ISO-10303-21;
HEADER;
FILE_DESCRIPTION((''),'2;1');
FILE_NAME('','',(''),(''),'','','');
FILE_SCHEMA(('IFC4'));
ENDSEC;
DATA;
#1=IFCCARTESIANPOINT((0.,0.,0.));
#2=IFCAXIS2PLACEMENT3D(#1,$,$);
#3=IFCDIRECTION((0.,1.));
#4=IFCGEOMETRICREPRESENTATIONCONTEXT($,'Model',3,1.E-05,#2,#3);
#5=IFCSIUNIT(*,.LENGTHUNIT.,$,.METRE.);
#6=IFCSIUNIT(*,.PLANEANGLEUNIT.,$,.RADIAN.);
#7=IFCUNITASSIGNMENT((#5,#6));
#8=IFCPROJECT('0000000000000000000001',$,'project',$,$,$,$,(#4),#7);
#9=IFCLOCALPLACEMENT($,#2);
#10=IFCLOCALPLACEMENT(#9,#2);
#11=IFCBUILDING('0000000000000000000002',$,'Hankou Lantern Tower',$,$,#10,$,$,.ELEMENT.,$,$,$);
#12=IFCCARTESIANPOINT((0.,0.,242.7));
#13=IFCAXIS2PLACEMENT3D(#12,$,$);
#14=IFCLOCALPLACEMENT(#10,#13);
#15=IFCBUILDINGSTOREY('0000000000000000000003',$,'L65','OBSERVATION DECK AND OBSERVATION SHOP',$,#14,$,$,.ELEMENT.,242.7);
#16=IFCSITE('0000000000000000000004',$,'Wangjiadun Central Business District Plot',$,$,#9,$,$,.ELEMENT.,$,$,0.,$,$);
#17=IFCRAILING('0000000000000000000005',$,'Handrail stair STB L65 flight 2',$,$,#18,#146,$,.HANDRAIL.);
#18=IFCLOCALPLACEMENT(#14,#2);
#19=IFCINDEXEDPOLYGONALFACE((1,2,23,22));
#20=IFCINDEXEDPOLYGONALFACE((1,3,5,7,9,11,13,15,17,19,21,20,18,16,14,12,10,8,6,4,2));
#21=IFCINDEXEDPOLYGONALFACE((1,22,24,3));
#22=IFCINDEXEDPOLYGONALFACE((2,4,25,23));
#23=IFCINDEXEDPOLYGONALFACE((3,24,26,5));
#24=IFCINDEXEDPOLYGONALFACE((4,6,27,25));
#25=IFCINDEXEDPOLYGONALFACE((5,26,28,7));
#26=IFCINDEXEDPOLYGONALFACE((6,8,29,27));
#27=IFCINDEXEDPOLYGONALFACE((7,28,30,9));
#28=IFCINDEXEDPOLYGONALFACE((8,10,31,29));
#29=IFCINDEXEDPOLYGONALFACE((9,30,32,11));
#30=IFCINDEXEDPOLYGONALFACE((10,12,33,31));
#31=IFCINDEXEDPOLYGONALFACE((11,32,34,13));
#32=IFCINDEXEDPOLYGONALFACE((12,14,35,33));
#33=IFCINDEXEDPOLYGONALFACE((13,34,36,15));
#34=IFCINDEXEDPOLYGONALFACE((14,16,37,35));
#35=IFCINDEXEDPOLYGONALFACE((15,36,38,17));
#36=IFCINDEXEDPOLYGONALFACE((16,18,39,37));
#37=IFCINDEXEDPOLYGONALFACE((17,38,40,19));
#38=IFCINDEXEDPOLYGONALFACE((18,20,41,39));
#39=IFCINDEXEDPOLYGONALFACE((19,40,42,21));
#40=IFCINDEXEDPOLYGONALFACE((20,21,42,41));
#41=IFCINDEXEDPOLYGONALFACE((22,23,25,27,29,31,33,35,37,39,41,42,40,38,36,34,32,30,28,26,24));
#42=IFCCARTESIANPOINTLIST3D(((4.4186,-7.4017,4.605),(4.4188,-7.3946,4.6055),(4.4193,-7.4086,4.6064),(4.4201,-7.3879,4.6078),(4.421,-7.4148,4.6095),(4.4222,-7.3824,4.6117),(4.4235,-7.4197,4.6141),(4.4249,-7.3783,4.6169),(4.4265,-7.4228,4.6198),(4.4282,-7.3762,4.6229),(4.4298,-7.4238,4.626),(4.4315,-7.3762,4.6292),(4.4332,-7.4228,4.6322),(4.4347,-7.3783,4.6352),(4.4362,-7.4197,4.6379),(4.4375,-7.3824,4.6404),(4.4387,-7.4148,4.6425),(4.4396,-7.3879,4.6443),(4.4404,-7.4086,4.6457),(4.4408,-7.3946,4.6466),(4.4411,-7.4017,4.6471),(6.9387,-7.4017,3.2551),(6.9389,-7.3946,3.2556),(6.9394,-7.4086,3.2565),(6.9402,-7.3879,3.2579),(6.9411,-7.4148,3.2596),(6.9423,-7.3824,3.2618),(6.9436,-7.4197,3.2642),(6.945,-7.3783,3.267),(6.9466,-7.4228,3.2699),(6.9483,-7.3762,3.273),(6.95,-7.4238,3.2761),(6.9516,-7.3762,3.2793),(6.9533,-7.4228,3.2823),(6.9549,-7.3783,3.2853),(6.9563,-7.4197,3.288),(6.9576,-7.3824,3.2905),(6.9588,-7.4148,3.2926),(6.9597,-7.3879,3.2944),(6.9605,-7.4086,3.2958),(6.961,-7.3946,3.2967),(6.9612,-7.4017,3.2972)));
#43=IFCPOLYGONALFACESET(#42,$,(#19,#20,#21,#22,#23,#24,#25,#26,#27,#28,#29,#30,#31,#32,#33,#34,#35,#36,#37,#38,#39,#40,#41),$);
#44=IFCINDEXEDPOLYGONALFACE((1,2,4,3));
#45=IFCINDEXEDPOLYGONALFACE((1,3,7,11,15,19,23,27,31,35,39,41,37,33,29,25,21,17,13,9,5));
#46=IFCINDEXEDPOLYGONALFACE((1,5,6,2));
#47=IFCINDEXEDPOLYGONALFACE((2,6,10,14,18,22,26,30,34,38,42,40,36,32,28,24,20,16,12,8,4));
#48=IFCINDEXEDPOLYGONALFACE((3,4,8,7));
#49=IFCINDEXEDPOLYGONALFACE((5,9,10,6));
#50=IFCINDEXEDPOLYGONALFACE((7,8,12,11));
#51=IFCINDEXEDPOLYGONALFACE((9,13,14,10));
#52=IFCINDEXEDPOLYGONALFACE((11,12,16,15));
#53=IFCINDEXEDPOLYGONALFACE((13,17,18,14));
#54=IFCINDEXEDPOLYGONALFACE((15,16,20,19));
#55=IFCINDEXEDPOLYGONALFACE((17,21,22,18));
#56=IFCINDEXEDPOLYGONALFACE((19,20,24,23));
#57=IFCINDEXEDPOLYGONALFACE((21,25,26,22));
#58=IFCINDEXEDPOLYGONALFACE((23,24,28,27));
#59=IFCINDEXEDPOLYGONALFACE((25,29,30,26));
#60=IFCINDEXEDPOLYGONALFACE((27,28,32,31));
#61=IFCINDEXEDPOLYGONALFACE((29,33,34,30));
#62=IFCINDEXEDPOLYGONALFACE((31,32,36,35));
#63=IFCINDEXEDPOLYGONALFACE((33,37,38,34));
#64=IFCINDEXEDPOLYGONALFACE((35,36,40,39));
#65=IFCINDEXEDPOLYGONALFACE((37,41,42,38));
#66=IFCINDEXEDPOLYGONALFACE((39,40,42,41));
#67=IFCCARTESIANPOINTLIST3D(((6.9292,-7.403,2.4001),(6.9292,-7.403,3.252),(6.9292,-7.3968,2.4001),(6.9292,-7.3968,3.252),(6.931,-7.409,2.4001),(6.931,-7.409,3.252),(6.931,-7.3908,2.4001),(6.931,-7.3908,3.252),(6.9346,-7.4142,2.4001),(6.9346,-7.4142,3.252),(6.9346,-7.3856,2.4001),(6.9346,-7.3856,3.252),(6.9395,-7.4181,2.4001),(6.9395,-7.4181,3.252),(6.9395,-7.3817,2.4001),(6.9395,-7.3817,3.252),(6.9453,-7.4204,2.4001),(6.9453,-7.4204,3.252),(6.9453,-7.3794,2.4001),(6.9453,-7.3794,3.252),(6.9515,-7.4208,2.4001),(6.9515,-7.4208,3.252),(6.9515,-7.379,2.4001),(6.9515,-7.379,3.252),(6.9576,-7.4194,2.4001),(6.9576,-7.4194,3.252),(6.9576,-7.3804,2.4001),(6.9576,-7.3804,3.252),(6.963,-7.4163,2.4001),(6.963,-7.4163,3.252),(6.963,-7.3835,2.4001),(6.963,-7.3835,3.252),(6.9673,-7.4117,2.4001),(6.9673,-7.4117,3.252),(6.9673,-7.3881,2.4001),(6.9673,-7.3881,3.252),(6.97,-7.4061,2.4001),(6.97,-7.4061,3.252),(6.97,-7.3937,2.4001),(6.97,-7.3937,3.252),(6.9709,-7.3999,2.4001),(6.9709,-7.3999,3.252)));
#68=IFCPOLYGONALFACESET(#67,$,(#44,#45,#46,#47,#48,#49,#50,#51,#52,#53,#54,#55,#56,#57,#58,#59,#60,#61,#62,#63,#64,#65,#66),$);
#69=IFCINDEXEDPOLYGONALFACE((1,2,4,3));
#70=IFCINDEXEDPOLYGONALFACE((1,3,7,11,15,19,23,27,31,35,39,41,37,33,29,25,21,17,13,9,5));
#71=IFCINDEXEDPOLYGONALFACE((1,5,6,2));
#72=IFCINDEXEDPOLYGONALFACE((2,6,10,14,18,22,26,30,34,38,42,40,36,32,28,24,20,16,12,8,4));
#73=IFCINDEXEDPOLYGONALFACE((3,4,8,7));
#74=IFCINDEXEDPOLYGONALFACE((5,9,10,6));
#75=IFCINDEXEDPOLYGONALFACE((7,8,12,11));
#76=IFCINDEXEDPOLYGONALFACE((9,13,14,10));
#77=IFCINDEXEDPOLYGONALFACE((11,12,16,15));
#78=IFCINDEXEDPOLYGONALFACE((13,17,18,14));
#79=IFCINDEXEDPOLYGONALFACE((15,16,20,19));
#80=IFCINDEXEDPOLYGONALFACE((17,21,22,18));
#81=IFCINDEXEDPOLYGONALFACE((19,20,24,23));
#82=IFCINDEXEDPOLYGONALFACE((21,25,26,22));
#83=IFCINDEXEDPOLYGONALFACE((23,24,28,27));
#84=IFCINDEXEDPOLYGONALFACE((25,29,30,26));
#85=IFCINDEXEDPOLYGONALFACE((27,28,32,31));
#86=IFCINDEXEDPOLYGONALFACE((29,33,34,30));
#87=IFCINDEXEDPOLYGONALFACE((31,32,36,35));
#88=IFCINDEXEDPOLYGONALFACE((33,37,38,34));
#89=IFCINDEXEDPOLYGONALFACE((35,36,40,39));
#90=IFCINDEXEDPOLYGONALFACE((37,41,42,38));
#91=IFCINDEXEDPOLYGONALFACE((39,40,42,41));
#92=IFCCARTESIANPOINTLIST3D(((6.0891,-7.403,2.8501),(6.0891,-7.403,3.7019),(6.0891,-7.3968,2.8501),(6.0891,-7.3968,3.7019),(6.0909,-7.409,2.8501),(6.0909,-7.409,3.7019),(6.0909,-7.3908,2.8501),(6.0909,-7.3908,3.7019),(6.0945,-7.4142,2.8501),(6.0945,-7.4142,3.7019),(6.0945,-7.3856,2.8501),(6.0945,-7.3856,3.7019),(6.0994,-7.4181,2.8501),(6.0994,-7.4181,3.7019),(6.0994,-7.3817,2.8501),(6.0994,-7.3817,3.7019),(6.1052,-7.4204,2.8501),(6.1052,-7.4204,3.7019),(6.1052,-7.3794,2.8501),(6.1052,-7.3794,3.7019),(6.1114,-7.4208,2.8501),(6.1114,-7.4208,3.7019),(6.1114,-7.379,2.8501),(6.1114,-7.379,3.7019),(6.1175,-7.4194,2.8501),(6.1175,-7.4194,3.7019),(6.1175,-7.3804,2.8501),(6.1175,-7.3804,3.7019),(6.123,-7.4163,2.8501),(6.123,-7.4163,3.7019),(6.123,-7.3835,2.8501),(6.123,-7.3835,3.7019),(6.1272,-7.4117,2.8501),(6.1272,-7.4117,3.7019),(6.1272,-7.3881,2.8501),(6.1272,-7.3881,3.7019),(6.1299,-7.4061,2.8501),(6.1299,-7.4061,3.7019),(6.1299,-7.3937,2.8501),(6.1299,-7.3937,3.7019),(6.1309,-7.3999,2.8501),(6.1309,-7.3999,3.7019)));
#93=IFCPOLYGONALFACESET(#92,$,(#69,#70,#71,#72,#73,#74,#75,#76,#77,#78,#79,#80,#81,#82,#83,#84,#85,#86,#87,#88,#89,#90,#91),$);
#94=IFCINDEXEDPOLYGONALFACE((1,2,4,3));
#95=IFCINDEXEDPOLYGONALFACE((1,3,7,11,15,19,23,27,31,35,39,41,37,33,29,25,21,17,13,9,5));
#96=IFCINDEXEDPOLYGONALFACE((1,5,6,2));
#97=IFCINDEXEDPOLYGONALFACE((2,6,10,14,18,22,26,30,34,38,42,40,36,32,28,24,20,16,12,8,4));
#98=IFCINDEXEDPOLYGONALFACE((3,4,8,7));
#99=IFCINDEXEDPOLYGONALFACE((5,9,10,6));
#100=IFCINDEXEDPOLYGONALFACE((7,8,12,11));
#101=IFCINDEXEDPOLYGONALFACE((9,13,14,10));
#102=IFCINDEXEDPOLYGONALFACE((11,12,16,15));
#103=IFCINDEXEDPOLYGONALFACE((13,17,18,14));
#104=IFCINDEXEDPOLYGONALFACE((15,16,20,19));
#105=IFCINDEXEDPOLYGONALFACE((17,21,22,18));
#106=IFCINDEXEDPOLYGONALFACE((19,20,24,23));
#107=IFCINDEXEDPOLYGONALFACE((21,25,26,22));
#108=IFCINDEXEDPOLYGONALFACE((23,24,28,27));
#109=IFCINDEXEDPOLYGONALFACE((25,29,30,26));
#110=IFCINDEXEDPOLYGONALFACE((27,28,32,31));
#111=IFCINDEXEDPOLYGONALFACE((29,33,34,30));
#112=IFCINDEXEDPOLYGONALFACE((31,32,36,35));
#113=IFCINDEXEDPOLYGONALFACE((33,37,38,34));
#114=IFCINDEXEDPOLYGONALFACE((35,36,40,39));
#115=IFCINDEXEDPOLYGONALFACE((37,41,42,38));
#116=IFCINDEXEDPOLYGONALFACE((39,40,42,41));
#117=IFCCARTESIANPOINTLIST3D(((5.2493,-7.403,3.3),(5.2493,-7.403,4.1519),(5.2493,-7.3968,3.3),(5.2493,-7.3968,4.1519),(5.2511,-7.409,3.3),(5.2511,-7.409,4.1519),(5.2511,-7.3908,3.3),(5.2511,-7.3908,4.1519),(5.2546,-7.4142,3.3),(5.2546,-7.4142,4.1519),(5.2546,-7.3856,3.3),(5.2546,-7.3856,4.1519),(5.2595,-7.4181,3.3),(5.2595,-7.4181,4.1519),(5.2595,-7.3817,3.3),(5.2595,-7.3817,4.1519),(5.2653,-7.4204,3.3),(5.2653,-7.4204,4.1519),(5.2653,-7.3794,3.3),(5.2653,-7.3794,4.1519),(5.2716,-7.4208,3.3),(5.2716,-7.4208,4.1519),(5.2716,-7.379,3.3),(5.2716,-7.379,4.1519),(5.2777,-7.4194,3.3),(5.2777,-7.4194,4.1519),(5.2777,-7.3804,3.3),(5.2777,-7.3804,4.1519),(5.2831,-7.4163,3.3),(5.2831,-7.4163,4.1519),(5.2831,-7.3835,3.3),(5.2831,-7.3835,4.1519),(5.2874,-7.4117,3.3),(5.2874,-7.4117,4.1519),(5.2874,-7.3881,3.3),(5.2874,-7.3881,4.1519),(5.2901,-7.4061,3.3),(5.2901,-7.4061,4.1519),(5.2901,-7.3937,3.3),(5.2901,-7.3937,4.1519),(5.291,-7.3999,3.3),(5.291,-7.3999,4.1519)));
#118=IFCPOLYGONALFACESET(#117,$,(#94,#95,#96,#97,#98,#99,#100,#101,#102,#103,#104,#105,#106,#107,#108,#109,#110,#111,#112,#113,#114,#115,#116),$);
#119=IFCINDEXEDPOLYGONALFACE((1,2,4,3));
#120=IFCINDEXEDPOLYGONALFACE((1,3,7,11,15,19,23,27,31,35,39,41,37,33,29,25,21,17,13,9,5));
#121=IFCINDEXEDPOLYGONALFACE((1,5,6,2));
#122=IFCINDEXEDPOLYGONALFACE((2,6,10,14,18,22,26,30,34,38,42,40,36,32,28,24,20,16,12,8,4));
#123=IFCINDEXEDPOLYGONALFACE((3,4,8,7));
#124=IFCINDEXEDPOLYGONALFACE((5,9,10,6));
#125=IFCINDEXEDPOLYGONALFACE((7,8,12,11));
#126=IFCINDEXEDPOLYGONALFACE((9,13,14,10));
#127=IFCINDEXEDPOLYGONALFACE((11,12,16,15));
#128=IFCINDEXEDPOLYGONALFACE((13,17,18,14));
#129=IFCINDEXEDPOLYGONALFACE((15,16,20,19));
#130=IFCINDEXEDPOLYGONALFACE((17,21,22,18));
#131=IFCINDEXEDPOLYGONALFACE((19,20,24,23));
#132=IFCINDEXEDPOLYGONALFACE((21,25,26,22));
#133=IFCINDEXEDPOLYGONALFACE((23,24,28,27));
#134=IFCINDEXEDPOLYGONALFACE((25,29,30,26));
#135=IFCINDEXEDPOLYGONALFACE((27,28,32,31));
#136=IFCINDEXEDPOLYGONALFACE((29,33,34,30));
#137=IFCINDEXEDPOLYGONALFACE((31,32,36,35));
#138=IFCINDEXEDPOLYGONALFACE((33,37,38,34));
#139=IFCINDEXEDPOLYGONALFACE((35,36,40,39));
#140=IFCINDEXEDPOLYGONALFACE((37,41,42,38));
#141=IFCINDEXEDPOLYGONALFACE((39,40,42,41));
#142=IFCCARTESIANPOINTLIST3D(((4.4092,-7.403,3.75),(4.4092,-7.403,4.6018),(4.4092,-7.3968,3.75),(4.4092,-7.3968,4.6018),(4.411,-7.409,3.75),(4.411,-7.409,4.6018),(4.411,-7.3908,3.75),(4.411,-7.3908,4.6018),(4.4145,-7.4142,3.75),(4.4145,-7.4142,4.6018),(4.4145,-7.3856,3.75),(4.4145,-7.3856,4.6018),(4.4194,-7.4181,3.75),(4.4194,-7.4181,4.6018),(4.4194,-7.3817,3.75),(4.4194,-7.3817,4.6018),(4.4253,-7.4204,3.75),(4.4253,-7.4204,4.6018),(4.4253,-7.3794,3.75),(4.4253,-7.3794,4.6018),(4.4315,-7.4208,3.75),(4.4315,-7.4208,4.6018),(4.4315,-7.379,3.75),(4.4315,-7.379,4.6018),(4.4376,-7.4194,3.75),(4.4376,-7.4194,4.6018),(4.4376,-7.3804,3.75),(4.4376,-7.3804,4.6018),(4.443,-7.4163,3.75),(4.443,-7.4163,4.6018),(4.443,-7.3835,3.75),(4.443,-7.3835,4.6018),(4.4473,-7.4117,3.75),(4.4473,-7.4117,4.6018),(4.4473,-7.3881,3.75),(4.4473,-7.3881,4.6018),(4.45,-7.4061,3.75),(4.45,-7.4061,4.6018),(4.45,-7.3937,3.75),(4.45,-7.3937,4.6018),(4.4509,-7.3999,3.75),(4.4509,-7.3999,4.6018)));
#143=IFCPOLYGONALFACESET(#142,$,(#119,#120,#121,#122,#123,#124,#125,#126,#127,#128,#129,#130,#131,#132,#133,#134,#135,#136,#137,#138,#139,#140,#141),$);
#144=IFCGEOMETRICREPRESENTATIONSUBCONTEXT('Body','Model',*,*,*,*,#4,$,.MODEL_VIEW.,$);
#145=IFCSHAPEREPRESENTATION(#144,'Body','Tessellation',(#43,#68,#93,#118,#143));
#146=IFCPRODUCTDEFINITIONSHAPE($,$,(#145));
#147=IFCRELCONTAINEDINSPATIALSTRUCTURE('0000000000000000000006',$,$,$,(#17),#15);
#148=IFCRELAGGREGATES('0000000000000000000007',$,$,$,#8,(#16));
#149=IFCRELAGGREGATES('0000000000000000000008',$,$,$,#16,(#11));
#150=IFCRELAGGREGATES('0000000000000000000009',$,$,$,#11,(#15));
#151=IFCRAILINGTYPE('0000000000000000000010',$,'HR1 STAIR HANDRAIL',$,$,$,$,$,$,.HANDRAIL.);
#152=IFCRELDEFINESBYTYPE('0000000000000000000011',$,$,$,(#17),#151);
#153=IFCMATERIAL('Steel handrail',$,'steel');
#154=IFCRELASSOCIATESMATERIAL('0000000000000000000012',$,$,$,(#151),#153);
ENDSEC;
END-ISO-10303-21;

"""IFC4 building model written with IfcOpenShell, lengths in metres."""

from ifc_helpers import new_model, si_unit, direction, frame, origin, origin_2d, place, context, subcontext, project, spatial, circle, extrude, material, type_object, element, save


model = new_model("IFC4")

# Units and contexts
model_context = context("Model", 3, precision=1e-05, world=origin(), true_north=direction((0.0, 1.0)))
body_context = subcontext(model_context, "Body", "Model", "MODEL_VIEW")
ifc_project = project(units=[si_unit("LENGTHUNIT", "METRE"), si_unit("PLANEANGLEUNIT", "RADIAN")], contexts=[model_context])

# Site, building, storey
site_placement = place(None, origin())
site = spatial("IfcSite", under=ifc_project, at=site_placement, Name="Wangjiadun Central Business District Plot", CompositionType="ELEMENT", RefElevation=0.0)
building_placement = place(site_placement, origin())
building = spatial("IfcBuilding", under=site, at=building_placement, Name="Hankou Lantern Tower", CompositionType="ELEMENT")
storey_placement = place(building_placement, frame((0.0, 0.0, 242.7)))
storey = spatial("IfcBuildingStorey", under=building, at=storey_placement, Name="L65", Description="OBSERVATION DECK AND OBSERVATION SHOP", CompositionType="ELEMENT", Elevation=242.7)

# Railing
ifc_material_1 = material(Name="Steel handrail", Category="steel")
railing_type = type_object("IfcRailingType", Name="HR1 STAIR HANDRAIL", PredefinedType="HANDRAIL", material=ifc_material_1)
railing_1_placement = place(storey_placement, frame((6.95, -7.3999, 2.4001)))
element("IfcRailing", 1, at=railing_1_placement, inside=storey, type_object=railing_type, Name="Handrail stair STB L65 flight 2", PredefinedType="HANDRAIL", context=body_context, shape_type="SweptSolid", body=[
    extrude(circle(Radius=0.0239, at=origin_2d()), frame((0.0, 0.0, 0.876), z_axis=(-0.881503, 0.0, 0.472179), x_axis=(0.0, -1.0, 0.0)), (0.0, 0.0, 1.0), 2.8589),
    extrude(circle(Radius=0.021, at=origin_2d()), origin(), (0.0, 0.0, 1.0), 0.8518),
    extrude(circle(Radius=0.021, at=origin_2d()), frame((-0.8401, 0.0, 0.45)), (0.0, 0.0, 1.0), 0.8518),
    extrude(circle(Radius=0.021, at=origin_2d()), frame((-1.6799, 0.0, 0.8999)), (0.0, 0.0, 1.0), 0.8518),
    extrude(circle(Radius=0.021, at=origin_2d()), frame((-2.52, 0.0, 1.3499)), (0.0, 0.0, 1.0), 0.8518),
])

save(model, "model.ifc")
